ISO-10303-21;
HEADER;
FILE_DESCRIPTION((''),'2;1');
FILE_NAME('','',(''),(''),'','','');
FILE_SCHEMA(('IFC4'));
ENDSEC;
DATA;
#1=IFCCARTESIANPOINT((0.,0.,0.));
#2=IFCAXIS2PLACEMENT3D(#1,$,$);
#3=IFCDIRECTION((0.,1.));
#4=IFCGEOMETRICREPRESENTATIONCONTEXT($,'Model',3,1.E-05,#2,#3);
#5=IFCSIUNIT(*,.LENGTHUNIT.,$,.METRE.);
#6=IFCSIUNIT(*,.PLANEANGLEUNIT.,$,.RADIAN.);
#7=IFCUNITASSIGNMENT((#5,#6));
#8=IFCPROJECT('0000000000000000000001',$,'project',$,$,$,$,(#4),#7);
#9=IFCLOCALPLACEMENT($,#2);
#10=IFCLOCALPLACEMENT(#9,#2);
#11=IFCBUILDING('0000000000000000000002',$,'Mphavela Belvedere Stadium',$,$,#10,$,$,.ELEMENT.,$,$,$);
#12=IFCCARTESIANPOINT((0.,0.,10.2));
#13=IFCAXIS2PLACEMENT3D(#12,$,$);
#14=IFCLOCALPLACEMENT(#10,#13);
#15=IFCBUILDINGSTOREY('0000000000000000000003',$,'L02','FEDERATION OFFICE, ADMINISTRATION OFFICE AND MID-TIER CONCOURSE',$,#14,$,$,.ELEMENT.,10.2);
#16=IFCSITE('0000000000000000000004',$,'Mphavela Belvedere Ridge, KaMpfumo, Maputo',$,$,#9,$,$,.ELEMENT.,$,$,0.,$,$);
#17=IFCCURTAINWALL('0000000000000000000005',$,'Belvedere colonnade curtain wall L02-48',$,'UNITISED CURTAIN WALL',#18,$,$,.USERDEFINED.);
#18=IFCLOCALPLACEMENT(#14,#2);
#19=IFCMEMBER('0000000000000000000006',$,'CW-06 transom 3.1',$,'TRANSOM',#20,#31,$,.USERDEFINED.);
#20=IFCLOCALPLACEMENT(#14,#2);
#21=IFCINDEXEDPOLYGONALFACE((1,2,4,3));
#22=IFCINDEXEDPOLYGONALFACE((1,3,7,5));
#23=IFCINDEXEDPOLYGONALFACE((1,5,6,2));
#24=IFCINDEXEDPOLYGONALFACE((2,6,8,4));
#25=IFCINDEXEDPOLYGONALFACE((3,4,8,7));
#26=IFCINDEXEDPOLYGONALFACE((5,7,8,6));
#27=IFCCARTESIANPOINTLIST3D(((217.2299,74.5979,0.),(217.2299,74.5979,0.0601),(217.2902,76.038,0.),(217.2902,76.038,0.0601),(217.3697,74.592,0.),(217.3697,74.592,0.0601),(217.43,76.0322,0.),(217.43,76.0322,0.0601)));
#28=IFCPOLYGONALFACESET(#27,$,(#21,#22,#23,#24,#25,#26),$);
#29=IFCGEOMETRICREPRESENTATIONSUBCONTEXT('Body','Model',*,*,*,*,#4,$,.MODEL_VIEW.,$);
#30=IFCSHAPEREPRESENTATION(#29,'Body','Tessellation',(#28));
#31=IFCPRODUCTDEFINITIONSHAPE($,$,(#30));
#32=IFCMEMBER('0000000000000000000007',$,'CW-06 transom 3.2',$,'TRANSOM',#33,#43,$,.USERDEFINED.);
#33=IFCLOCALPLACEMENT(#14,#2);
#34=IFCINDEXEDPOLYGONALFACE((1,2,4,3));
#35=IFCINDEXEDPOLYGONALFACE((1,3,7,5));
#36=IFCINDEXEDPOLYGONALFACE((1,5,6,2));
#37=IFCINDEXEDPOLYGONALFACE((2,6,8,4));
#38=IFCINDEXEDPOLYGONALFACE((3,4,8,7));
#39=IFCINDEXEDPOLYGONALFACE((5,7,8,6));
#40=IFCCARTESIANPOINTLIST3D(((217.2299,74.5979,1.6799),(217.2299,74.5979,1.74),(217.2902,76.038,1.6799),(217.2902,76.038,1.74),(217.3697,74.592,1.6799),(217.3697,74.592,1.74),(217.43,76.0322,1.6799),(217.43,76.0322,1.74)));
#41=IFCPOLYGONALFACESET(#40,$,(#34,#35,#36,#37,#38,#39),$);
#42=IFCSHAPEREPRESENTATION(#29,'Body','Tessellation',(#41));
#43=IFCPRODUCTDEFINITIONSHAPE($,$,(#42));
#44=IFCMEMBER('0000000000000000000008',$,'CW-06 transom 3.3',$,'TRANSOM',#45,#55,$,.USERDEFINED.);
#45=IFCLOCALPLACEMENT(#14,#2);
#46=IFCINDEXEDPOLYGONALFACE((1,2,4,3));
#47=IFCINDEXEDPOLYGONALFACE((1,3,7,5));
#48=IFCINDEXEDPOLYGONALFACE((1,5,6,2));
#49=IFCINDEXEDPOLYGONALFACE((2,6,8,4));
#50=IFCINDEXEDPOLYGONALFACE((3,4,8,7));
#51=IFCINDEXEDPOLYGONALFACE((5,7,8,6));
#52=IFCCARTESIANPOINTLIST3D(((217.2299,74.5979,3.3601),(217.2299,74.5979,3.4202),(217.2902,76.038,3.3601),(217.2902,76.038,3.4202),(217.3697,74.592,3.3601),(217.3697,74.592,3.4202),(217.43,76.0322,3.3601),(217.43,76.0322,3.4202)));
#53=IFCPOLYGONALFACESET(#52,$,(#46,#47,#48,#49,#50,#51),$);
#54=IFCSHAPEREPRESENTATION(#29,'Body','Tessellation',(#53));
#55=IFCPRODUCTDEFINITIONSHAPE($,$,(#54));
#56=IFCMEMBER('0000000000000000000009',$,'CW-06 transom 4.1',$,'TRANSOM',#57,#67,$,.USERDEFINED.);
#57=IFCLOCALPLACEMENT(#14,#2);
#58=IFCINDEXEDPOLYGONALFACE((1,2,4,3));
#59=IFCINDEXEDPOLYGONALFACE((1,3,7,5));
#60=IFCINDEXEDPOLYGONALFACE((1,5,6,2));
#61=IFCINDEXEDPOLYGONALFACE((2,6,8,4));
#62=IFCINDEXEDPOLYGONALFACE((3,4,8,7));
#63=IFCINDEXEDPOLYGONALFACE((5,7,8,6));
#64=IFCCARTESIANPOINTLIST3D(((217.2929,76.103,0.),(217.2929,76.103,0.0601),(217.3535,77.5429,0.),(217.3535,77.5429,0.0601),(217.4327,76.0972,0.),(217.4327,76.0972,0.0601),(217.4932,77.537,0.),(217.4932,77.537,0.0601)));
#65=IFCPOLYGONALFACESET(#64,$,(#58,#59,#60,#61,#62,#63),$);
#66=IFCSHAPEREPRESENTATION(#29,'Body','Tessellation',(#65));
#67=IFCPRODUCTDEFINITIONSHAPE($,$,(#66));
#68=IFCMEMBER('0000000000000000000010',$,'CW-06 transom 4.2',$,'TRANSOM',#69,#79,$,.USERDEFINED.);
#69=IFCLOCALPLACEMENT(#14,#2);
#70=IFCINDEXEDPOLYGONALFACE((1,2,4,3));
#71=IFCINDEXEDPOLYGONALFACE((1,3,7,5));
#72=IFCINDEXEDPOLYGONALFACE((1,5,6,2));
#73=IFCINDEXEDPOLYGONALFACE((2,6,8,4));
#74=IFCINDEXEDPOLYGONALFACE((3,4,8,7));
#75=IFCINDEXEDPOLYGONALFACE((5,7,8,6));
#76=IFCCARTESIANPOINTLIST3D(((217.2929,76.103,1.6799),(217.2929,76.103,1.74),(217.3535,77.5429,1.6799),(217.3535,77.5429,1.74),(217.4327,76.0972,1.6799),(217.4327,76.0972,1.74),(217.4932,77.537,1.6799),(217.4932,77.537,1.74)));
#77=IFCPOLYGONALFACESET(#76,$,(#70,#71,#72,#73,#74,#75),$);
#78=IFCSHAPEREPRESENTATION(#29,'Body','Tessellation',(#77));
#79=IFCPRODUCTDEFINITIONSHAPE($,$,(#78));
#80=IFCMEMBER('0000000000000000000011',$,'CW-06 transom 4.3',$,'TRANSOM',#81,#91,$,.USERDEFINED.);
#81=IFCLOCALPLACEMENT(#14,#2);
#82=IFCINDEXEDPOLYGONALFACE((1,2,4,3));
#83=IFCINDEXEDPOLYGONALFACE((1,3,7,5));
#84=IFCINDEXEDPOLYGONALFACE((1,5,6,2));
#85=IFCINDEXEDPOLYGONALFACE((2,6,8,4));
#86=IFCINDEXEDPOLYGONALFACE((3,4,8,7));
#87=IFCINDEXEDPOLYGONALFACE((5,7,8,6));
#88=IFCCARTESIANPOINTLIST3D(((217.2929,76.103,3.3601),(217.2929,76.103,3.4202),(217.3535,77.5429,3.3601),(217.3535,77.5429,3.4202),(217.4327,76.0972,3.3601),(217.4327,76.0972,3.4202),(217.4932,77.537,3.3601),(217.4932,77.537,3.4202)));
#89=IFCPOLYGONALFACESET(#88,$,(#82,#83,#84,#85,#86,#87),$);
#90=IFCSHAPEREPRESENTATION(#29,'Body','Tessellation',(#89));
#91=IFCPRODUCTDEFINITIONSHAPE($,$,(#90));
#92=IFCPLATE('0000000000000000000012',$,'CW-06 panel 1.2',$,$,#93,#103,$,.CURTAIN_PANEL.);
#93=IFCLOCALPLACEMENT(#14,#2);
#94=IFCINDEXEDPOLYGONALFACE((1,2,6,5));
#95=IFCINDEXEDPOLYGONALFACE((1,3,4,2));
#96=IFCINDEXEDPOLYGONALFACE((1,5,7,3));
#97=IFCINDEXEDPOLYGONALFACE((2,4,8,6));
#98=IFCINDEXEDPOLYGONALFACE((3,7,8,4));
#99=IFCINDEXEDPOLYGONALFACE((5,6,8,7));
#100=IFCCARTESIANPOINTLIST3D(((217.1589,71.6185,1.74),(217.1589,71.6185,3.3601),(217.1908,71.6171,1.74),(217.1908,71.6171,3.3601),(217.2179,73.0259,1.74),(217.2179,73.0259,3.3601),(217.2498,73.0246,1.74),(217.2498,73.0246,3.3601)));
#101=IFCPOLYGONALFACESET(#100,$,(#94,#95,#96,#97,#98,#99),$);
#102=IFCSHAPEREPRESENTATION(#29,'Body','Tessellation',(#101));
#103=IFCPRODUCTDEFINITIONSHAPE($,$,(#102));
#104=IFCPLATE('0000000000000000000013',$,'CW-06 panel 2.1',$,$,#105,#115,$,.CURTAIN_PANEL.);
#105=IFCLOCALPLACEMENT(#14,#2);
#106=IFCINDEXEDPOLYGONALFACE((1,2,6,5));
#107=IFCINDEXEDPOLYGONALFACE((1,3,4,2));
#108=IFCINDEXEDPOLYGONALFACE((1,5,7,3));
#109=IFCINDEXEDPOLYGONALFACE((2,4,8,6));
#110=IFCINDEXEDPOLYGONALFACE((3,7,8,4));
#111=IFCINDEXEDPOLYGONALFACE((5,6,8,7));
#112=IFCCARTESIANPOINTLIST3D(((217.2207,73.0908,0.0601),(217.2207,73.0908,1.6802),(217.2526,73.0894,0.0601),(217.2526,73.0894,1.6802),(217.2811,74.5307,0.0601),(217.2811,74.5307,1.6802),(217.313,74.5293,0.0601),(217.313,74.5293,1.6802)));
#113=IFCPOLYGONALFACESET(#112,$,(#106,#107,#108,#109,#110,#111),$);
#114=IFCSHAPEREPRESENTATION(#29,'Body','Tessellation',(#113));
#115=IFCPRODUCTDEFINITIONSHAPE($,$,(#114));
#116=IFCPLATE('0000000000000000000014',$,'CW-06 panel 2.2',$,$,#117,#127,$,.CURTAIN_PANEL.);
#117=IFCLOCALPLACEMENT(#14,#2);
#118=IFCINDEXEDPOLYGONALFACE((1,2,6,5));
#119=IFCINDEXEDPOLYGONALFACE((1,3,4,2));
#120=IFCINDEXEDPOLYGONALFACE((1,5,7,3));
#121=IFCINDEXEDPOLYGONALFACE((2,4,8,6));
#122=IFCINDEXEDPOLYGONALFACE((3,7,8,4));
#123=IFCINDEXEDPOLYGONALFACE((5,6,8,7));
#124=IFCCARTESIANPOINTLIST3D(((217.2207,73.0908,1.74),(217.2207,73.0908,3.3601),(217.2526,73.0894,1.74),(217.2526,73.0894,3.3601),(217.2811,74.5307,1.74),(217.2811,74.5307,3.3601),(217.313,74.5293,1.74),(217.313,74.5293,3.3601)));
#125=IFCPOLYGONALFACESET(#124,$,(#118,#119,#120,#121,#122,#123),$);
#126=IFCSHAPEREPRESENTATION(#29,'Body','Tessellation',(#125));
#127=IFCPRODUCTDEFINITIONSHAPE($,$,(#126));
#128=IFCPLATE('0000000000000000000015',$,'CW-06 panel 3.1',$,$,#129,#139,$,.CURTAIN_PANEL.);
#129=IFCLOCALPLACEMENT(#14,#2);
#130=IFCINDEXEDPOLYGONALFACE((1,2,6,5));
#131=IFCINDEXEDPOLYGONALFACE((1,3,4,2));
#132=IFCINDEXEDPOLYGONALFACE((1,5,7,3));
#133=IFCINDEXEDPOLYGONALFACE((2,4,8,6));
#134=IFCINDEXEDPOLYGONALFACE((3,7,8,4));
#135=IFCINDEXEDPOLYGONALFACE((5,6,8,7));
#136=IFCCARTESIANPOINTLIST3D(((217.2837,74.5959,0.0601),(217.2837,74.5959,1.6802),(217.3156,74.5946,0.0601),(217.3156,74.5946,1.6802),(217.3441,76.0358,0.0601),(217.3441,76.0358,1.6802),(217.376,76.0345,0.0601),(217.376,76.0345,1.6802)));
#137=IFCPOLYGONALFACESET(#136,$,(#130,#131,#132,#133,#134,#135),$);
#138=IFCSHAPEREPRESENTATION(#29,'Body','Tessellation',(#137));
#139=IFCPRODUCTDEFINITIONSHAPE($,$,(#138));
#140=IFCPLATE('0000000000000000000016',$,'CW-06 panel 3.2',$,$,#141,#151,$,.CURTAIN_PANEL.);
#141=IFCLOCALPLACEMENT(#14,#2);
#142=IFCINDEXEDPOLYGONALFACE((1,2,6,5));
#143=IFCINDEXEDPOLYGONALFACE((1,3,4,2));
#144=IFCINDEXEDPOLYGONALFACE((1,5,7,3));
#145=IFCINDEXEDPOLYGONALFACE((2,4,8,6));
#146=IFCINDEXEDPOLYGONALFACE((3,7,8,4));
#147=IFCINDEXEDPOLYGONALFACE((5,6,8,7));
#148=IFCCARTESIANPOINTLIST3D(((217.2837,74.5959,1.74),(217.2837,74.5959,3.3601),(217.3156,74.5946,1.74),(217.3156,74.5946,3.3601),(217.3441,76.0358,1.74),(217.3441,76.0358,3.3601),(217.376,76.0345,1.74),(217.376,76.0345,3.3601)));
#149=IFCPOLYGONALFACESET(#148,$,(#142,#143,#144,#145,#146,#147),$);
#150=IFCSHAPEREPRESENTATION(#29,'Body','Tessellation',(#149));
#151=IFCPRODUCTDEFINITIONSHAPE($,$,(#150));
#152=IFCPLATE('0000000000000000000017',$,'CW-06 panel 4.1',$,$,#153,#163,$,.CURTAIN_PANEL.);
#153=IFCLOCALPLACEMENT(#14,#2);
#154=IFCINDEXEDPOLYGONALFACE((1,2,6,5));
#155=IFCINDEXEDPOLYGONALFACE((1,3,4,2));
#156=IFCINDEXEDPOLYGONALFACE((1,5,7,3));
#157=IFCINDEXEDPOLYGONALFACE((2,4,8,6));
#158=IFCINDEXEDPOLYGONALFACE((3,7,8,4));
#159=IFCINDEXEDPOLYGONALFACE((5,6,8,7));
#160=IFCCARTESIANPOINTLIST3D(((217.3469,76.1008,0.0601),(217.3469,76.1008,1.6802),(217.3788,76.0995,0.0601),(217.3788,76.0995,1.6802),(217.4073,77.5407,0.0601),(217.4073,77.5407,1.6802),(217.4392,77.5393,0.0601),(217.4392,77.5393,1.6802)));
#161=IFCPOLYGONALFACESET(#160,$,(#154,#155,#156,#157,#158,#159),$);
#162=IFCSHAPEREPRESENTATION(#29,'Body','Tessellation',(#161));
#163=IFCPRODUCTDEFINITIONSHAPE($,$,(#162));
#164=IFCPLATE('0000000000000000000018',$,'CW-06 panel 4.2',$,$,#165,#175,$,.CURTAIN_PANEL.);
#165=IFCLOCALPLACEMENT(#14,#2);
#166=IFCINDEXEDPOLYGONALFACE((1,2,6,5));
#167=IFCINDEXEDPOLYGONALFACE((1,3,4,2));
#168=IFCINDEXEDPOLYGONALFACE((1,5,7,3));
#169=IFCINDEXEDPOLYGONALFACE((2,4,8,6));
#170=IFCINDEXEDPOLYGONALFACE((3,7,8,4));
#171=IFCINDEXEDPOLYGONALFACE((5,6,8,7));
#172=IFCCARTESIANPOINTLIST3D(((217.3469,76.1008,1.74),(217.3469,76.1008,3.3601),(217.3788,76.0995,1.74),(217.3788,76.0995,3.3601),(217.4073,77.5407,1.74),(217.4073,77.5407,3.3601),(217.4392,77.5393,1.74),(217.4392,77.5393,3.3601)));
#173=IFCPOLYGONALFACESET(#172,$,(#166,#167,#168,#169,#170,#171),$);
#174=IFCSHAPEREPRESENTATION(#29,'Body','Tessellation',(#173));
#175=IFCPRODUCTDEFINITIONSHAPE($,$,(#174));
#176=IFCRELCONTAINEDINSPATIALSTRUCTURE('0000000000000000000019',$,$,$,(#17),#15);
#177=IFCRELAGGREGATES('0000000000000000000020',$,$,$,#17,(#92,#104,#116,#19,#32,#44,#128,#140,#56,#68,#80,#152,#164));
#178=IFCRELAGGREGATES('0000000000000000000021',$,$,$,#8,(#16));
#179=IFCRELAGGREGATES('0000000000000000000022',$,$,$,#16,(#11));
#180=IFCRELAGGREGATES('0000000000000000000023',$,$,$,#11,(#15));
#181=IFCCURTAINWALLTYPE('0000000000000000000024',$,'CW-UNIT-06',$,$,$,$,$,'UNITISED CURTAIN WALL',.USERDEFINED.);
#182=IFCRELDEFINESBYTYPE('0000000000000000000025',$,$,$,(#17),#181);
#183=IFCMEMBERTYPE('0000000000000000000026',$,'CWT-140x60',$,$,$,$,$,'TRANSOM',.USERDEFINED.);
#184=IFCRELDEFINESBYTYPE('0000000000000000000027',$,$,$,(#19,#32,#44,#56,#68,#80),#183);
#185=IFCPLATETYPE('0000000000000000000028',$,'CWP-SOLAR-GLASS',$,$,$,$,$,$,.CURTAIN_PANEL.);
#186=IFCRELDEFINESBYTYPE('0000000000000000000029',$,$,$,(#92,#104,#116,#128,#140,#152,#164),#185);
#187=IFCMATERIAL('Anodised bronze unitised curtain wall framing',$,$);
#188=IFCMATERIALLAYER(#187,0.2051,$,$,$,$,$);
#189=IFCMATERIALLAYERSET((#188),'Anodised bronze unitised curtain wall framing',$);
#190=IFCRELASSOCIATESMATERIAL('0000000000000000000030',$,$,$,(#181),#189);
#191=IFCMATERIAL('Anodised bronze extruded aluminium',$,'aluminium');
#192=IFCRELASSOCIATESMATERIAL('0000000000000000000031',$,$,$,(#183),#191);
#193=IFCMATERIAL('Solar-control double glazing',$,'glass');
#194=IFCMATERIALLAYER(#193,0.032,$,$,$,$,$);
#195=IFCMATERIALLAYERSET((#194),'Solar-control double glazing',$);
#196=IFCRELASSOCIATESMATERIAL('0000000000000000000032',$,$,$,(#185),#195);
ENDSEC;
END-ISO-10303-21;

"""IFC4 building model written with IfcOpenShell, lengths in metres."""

from ifc_helpers import new_model, si_unit, direction, frame, origin, origin_2d, place, context, subcontext, project, spatial, rectangle, extrude, material, layer, layer_set, material_profile, profile_set, type_object, element, aggregate, save


model = new_model("IFC4")

# Units and contexts
model_context = context("Model", 3, precision=1e-05, world=origin(), true_north=direction((0.0, 1.0)))
body_context = subcontext(model_context, "Body", "Model", "MODEL_VIEW")
ifc_project = project(units=[si_unit("LENGTHUNIT", "METRE"), si_unit("PLANEANGLEUNIT", "RADIAN")], contexts=[model_context])

# Site, building, storey
site_placement = place(None, origin())
site = spatial("IfcSite", under=ifc_project, at=site_placement, Name="Mphavela Belvedere Ridge, KaMpfumo, Maputo", CompositionType="ELEMENT", RefElevation=0.0)
building_placement = place(site_placement, origin())
building = spatial("IfcBuilding", under=site, at=building_placement, Name="Mphavela Belvedere Stadium", CompositionType="ELEMENT")
storey_placement = place(building_placement, frame((0.0, 0.0, 10.2)))
storey = spatial("IfcBuildingStorey", under=building, at=storey_placement, Name="L02", Description="FEDERATION OFFICE, ADMINISTRATION OFFICE AND MID-TIER CONCOURSE", CompositionType="ELEMENT", Elevation=10.2)

# Curtain wall, members, plates
ifc_material_1 = material(Name="Anodised bronze unitised curtain wall framing")
ifc_layer_1 = layer(ifc_material_1, 0.2051)
ifc_layer_set_1 = layer_set([ifc_layer_1], Name="Anodised bronze unitised curtain wall framing")
curtain_wall_type = type_object("IfcCurtainWallType", Name="CW-UNIT-06", ElementType="UNITISED CURTAIN WALL", PredefinedType="USERDEFINED", material=ifc_layer_set_1)
curtain_wall_placement = place(storey_placement, origin())
curtain_wall = element("IfcCurtainWall", 1, at=curtain_wall_placement, inside=storey, type_object=curtain_wall_type, Name="Belvedere colonnade curtain wall L02-48", ObjectType="UNITISED CURTAIN WALL", PredefinedType="USERDEFINED")
ifc_material_2 = material(Name="Anodised bronze extruded aluminium", Category="aluminium")
ifc_material_profile_1 = material_profile(ifc_material_2, rectangle(XDim=0.1399, YDim=0.0601, at=origin_2d()), Name="CW-TRN 140x60")
ifc_profile_set_1 = profile_set([ifc_material_profile_1], Name="Anodised bronze extruded aluminium")
member_type_1 = type_object("IfcMemberType", Name="CWT-140x60", ElementType="TRANSOM", PredefinedType="USERDEFINED", material=ifc_profile_set_1)
member_1_placement = place(storey_placement, frame((217.2998, 74.595, 0.03), z_axis=(0.041835, 0.999125, 0.0), x_axis=(-0.999125, 0.041835, 0.0)))
member_1 = element("IfcMember", 2, at=member_1_placement, type_object=member_type_1, Name="CW-06 transom 3.1", ObjectType="TRANSOM", PredefinedType="USERDEFINED", context=body_context, shape_type="SweptSolid", body=[
    extrude(rectangle(XDim=0.1399, YDim=0.0601, at=origin_2d()), origin(), (0.0, 0.0, 1.0), 1.4414),
])
member_2_placement = place(storey_placement, frame((217.2998, 74.595, 1.71), z_axis=(0.041835, 0.999125, 0.0), x_axis=(-0.999125, 0.041835, 0.0)))
member_2 = element("IfcMember", 3, at=member_2_placement, type_object=member_type_1, Name="CW-06 transom 3.2", ObjectType="TRANSOM", PredefinedType="USERDEFINED", context=body_context, shape_type="SweptSolid", body=[
    extrude(rectangle(XDim=0.1399, YDim=0.0601, at=origin_2d()), origin(), (0.0, 0.0, 1.0), 1.4414),
])
member_3_placement = place(storey_placement, frame((217.2998, 74.595, 3.3901), z_axis=(0.041835, 0.999125, 0.0), x_axis=(-0.999125, 0.041835, 0.0)))
member_3 = element("IfcMember", 4, at=member_3_placement, type_object=member_type_1, Name="CW-06 transom 3.3", ObjectType="TRANSOM", PredefinedType="USERDEFINED", context=body_context, shape_type="SweptSolid", body=[
    extrude(rectangle(XDim=0.1399, YDim=0.0601, at=origin_2d()), origin(), (0.0, 0.0, 1.0), 1.4414),
])
member_4_placement = place(storey_placement, frame((217.3628, 76.1001, 0.03), z_axis=(0.042011, 0.999117, 0.0), x_axis=(-0.999117, 0.042011, 0.0)))
member_4 = element("IfcMember", 5, at=member_4_placement, type_object=member_type_1, Name="CW-06 transom 4.1", ObjectType="TRANSOM", PredefinedType="USERDEFINED", context=body_context, shape_type="SweptSolid", body=[
    extrude(rectangle(XDim=0.1399, YDim=0.0601, at=origin_2d()), origin(), (0.0, 0.0, 1.0), 1.4412),
])
member_5_placement = place(storey_placement, frame((217.3628, 76.1001, 1.71), z_axis=(0.042011, 0.999117, 0.0), x_axis=(-0.999117, 0.042011, 0.0)))
member_5 = element("IfcMember", 6, at=member_5_placement, type_object=member_type_1, Name="CW-06 transom 4.2", ObjectType="TRANSOM", PredefinedType="USERDEFINED", context=body_context, shape_type="SweptSolid", body=[
    extrude(rectangle(XDim=0.1399, YDim=0.0601, at=origin_2d()), origin(), (0.0, 0.0, 1.0), 1.4412),
])
member_6_placement = place(storey_placement, frame((217.3628, 76.1001, 3.3901), z_axis=(0.042011, 0.999117, 0.0), x_axis=(-0.999117, 0.042011, 0.0)))
member_6 = element("IfcMember", 7, at=member_6_placement, type_object=member_type_1, Name="CW-06 transom 4.3", ObjectType="TRANSOM", PredefinedType="USERDEFINED", context=body_context, shape_type="SweptSolid", body=[
    extrude(rectangle(XDim=0.1399, YDim=0.0601, at=origin_2d()), origin(), (0.0, 0.0, 1.0), 1.4412),
])
ifc_material_3 = material(Name="Solar-control double glazing", Category="glass")
ifc_layer_2 = layer(ifc_material_3, 0.032)
ifc_layer_set_2 = layer_set([ifc_layer_2], Name="Solar-control double glazing")
plate_type = type_object("IfcPlateType", Name="CWP-SOLAR-GLASS", PredefinedType="CURTAIN_PANEL", material=ifc_layer_set_2)
plate_1_placement = place(storey_placement, frame((217.2043, 72.3215, 1.74), z_axis=(0.0, 0.0, 1.0), x_axis=(0.041904, 0.999122, 0.0)))
plate_1 = element("IfcPlate", 8, at=plate_1_placement, type_object=plate_type, Name="CW-06 panel 1.2", PredefinedType="CURTAIN_PANEL", context=body_context, shape_type="SweptSolid", body=[
    extrude(rectangle(XDim=1.4087, YDim=0.032, at=origin_2d()), origin(), (0.0, 0.0, 1.0), 1.6201),
])
plate_2_placement = place(storey_placement, frame((217.2668, 73.8101, 0.0601), z_axis=(0.0, 0.0, 1.0), x_axis=(0.041904, 0.999122, 0.0)))
plate_2 = element("IfcPlate", 9, at=plate_2_placement, type_object=plate_type, Name="CW-06 panel 2.1", PredefinedType="CURTAIN_PANEL", context=body_context, shape_type="SweptSolid", body=[
    extrude(rectangle(XDim=1.4412, YDim=0.032, at=origin_2d()), origin(), (0.0, 0.0, 1.0), 1.6201),
])
plate_3_placement = place(storey_placement, frame((217.2668, 73.8101, 1.74), z_axis=(0.0, 0.0, 1.0), x_axis=(0.041904, 0.999122, 0.0)))
plate_3 = element("IfcPlate", 10, at=plate_3_placement, type_object=plate_type, Name="CW-06 panel 2.2", PredefinedType="CURTAIN_PANEL", context=body_context, shape_type="SweptSolid", body=[
    extrude(rectangle(XDim=1.4412, YDim=0.032, at=origin_2d()), origin(), (0.0, 0.0, 1.0), 1.6201),
])
plate_4_placement = place(storey_placement, frame((217.3298, 75.3152, 0.0601), z_axis=(0.0, 0.0, 1.0), x_axis=(0.041904, 0.999122, 0.0)))
plate_4 = element("IfcPlate", 11, at=plate_4_placement, type_object=plate_type, Name="CW-06 panel 3.1", PredefinedType="CURTAIN_PANEL", context=body_context, shape_type="SweptSolid", body=[
    extrude(rectangle(XDim=1.4412, YDim=0.032, at=origin_2d()), origin(), (0.0, 0.0, 1.0), 1.6201),
])
plate_5_placement = place(storey_placement, frame((217.3298, 75.3152, 1.74), z_axis=(0.0, 0.0, 1.0), x_axis=(0.041904, 0.999122, 0.0)))
plate_5 = element("IfcPlate", 12, at=plate_5_placement, type_object=plate_type, Name="CW-06 panel 3.2", PredefinedType="CURTAIN_PANEL", context=body_context, shape_type="SweptSolid", body=[
    extrude(rectangle(XDim=1.4412, YDim=0.032, at=origin_2d()), origin(), (0.0, 0.0, 1.0), 1.6201),
])
plate_6_placement = place(storey_placement, frame((217.3931, 76.8201, 0.0601), z_axis=(0.0, 0.0, 1.0), x_axis=(0.041904, 0.999122, 0.0)))
plate_6 = element("IfcPlate", 13, at=plate_6_placement, type_object=plate_type, Name="CW-06 panel 4.1", PredefinedType="CURTAIN_PANEL", context=body_context, shape_type="SweptSolid", body=[
    extrude(rectangle(XDim=1.4412, YDim=0.032, at=origin_2d()), origin(), (0.0, 0.0, 1.0), 1.6201),
])
plate_7_placement = place(storey_placement, frame((217.3931, 76.8201, 1.74), z_axis=(0.0, 0.0, 1.0), x_axis=(0.041904, 0.999122, 0.0)))
plate_7 = element("IfcPlate", 14, at=plate_7_placement, type_object=plate_type, Name="CW-06 panel 4.2", PredefinedType="CURTAIN_PANEL", context=body_context, shape_type="SweptSolid", body=[
    extrude(rectangle(XDim=1.4412, YDim=0.032, at=origin_2d()), origin(), (0.0, 0.0, 1.0), 1.6201),
])
aggregate(curtain_wall, [plate_1, plate_2, plate_3, member_1, member_2, member_3, plate_4, plate_5, member_4, member_5, member_6, plate_6, plate_7])

save(model, "model.ifc")
